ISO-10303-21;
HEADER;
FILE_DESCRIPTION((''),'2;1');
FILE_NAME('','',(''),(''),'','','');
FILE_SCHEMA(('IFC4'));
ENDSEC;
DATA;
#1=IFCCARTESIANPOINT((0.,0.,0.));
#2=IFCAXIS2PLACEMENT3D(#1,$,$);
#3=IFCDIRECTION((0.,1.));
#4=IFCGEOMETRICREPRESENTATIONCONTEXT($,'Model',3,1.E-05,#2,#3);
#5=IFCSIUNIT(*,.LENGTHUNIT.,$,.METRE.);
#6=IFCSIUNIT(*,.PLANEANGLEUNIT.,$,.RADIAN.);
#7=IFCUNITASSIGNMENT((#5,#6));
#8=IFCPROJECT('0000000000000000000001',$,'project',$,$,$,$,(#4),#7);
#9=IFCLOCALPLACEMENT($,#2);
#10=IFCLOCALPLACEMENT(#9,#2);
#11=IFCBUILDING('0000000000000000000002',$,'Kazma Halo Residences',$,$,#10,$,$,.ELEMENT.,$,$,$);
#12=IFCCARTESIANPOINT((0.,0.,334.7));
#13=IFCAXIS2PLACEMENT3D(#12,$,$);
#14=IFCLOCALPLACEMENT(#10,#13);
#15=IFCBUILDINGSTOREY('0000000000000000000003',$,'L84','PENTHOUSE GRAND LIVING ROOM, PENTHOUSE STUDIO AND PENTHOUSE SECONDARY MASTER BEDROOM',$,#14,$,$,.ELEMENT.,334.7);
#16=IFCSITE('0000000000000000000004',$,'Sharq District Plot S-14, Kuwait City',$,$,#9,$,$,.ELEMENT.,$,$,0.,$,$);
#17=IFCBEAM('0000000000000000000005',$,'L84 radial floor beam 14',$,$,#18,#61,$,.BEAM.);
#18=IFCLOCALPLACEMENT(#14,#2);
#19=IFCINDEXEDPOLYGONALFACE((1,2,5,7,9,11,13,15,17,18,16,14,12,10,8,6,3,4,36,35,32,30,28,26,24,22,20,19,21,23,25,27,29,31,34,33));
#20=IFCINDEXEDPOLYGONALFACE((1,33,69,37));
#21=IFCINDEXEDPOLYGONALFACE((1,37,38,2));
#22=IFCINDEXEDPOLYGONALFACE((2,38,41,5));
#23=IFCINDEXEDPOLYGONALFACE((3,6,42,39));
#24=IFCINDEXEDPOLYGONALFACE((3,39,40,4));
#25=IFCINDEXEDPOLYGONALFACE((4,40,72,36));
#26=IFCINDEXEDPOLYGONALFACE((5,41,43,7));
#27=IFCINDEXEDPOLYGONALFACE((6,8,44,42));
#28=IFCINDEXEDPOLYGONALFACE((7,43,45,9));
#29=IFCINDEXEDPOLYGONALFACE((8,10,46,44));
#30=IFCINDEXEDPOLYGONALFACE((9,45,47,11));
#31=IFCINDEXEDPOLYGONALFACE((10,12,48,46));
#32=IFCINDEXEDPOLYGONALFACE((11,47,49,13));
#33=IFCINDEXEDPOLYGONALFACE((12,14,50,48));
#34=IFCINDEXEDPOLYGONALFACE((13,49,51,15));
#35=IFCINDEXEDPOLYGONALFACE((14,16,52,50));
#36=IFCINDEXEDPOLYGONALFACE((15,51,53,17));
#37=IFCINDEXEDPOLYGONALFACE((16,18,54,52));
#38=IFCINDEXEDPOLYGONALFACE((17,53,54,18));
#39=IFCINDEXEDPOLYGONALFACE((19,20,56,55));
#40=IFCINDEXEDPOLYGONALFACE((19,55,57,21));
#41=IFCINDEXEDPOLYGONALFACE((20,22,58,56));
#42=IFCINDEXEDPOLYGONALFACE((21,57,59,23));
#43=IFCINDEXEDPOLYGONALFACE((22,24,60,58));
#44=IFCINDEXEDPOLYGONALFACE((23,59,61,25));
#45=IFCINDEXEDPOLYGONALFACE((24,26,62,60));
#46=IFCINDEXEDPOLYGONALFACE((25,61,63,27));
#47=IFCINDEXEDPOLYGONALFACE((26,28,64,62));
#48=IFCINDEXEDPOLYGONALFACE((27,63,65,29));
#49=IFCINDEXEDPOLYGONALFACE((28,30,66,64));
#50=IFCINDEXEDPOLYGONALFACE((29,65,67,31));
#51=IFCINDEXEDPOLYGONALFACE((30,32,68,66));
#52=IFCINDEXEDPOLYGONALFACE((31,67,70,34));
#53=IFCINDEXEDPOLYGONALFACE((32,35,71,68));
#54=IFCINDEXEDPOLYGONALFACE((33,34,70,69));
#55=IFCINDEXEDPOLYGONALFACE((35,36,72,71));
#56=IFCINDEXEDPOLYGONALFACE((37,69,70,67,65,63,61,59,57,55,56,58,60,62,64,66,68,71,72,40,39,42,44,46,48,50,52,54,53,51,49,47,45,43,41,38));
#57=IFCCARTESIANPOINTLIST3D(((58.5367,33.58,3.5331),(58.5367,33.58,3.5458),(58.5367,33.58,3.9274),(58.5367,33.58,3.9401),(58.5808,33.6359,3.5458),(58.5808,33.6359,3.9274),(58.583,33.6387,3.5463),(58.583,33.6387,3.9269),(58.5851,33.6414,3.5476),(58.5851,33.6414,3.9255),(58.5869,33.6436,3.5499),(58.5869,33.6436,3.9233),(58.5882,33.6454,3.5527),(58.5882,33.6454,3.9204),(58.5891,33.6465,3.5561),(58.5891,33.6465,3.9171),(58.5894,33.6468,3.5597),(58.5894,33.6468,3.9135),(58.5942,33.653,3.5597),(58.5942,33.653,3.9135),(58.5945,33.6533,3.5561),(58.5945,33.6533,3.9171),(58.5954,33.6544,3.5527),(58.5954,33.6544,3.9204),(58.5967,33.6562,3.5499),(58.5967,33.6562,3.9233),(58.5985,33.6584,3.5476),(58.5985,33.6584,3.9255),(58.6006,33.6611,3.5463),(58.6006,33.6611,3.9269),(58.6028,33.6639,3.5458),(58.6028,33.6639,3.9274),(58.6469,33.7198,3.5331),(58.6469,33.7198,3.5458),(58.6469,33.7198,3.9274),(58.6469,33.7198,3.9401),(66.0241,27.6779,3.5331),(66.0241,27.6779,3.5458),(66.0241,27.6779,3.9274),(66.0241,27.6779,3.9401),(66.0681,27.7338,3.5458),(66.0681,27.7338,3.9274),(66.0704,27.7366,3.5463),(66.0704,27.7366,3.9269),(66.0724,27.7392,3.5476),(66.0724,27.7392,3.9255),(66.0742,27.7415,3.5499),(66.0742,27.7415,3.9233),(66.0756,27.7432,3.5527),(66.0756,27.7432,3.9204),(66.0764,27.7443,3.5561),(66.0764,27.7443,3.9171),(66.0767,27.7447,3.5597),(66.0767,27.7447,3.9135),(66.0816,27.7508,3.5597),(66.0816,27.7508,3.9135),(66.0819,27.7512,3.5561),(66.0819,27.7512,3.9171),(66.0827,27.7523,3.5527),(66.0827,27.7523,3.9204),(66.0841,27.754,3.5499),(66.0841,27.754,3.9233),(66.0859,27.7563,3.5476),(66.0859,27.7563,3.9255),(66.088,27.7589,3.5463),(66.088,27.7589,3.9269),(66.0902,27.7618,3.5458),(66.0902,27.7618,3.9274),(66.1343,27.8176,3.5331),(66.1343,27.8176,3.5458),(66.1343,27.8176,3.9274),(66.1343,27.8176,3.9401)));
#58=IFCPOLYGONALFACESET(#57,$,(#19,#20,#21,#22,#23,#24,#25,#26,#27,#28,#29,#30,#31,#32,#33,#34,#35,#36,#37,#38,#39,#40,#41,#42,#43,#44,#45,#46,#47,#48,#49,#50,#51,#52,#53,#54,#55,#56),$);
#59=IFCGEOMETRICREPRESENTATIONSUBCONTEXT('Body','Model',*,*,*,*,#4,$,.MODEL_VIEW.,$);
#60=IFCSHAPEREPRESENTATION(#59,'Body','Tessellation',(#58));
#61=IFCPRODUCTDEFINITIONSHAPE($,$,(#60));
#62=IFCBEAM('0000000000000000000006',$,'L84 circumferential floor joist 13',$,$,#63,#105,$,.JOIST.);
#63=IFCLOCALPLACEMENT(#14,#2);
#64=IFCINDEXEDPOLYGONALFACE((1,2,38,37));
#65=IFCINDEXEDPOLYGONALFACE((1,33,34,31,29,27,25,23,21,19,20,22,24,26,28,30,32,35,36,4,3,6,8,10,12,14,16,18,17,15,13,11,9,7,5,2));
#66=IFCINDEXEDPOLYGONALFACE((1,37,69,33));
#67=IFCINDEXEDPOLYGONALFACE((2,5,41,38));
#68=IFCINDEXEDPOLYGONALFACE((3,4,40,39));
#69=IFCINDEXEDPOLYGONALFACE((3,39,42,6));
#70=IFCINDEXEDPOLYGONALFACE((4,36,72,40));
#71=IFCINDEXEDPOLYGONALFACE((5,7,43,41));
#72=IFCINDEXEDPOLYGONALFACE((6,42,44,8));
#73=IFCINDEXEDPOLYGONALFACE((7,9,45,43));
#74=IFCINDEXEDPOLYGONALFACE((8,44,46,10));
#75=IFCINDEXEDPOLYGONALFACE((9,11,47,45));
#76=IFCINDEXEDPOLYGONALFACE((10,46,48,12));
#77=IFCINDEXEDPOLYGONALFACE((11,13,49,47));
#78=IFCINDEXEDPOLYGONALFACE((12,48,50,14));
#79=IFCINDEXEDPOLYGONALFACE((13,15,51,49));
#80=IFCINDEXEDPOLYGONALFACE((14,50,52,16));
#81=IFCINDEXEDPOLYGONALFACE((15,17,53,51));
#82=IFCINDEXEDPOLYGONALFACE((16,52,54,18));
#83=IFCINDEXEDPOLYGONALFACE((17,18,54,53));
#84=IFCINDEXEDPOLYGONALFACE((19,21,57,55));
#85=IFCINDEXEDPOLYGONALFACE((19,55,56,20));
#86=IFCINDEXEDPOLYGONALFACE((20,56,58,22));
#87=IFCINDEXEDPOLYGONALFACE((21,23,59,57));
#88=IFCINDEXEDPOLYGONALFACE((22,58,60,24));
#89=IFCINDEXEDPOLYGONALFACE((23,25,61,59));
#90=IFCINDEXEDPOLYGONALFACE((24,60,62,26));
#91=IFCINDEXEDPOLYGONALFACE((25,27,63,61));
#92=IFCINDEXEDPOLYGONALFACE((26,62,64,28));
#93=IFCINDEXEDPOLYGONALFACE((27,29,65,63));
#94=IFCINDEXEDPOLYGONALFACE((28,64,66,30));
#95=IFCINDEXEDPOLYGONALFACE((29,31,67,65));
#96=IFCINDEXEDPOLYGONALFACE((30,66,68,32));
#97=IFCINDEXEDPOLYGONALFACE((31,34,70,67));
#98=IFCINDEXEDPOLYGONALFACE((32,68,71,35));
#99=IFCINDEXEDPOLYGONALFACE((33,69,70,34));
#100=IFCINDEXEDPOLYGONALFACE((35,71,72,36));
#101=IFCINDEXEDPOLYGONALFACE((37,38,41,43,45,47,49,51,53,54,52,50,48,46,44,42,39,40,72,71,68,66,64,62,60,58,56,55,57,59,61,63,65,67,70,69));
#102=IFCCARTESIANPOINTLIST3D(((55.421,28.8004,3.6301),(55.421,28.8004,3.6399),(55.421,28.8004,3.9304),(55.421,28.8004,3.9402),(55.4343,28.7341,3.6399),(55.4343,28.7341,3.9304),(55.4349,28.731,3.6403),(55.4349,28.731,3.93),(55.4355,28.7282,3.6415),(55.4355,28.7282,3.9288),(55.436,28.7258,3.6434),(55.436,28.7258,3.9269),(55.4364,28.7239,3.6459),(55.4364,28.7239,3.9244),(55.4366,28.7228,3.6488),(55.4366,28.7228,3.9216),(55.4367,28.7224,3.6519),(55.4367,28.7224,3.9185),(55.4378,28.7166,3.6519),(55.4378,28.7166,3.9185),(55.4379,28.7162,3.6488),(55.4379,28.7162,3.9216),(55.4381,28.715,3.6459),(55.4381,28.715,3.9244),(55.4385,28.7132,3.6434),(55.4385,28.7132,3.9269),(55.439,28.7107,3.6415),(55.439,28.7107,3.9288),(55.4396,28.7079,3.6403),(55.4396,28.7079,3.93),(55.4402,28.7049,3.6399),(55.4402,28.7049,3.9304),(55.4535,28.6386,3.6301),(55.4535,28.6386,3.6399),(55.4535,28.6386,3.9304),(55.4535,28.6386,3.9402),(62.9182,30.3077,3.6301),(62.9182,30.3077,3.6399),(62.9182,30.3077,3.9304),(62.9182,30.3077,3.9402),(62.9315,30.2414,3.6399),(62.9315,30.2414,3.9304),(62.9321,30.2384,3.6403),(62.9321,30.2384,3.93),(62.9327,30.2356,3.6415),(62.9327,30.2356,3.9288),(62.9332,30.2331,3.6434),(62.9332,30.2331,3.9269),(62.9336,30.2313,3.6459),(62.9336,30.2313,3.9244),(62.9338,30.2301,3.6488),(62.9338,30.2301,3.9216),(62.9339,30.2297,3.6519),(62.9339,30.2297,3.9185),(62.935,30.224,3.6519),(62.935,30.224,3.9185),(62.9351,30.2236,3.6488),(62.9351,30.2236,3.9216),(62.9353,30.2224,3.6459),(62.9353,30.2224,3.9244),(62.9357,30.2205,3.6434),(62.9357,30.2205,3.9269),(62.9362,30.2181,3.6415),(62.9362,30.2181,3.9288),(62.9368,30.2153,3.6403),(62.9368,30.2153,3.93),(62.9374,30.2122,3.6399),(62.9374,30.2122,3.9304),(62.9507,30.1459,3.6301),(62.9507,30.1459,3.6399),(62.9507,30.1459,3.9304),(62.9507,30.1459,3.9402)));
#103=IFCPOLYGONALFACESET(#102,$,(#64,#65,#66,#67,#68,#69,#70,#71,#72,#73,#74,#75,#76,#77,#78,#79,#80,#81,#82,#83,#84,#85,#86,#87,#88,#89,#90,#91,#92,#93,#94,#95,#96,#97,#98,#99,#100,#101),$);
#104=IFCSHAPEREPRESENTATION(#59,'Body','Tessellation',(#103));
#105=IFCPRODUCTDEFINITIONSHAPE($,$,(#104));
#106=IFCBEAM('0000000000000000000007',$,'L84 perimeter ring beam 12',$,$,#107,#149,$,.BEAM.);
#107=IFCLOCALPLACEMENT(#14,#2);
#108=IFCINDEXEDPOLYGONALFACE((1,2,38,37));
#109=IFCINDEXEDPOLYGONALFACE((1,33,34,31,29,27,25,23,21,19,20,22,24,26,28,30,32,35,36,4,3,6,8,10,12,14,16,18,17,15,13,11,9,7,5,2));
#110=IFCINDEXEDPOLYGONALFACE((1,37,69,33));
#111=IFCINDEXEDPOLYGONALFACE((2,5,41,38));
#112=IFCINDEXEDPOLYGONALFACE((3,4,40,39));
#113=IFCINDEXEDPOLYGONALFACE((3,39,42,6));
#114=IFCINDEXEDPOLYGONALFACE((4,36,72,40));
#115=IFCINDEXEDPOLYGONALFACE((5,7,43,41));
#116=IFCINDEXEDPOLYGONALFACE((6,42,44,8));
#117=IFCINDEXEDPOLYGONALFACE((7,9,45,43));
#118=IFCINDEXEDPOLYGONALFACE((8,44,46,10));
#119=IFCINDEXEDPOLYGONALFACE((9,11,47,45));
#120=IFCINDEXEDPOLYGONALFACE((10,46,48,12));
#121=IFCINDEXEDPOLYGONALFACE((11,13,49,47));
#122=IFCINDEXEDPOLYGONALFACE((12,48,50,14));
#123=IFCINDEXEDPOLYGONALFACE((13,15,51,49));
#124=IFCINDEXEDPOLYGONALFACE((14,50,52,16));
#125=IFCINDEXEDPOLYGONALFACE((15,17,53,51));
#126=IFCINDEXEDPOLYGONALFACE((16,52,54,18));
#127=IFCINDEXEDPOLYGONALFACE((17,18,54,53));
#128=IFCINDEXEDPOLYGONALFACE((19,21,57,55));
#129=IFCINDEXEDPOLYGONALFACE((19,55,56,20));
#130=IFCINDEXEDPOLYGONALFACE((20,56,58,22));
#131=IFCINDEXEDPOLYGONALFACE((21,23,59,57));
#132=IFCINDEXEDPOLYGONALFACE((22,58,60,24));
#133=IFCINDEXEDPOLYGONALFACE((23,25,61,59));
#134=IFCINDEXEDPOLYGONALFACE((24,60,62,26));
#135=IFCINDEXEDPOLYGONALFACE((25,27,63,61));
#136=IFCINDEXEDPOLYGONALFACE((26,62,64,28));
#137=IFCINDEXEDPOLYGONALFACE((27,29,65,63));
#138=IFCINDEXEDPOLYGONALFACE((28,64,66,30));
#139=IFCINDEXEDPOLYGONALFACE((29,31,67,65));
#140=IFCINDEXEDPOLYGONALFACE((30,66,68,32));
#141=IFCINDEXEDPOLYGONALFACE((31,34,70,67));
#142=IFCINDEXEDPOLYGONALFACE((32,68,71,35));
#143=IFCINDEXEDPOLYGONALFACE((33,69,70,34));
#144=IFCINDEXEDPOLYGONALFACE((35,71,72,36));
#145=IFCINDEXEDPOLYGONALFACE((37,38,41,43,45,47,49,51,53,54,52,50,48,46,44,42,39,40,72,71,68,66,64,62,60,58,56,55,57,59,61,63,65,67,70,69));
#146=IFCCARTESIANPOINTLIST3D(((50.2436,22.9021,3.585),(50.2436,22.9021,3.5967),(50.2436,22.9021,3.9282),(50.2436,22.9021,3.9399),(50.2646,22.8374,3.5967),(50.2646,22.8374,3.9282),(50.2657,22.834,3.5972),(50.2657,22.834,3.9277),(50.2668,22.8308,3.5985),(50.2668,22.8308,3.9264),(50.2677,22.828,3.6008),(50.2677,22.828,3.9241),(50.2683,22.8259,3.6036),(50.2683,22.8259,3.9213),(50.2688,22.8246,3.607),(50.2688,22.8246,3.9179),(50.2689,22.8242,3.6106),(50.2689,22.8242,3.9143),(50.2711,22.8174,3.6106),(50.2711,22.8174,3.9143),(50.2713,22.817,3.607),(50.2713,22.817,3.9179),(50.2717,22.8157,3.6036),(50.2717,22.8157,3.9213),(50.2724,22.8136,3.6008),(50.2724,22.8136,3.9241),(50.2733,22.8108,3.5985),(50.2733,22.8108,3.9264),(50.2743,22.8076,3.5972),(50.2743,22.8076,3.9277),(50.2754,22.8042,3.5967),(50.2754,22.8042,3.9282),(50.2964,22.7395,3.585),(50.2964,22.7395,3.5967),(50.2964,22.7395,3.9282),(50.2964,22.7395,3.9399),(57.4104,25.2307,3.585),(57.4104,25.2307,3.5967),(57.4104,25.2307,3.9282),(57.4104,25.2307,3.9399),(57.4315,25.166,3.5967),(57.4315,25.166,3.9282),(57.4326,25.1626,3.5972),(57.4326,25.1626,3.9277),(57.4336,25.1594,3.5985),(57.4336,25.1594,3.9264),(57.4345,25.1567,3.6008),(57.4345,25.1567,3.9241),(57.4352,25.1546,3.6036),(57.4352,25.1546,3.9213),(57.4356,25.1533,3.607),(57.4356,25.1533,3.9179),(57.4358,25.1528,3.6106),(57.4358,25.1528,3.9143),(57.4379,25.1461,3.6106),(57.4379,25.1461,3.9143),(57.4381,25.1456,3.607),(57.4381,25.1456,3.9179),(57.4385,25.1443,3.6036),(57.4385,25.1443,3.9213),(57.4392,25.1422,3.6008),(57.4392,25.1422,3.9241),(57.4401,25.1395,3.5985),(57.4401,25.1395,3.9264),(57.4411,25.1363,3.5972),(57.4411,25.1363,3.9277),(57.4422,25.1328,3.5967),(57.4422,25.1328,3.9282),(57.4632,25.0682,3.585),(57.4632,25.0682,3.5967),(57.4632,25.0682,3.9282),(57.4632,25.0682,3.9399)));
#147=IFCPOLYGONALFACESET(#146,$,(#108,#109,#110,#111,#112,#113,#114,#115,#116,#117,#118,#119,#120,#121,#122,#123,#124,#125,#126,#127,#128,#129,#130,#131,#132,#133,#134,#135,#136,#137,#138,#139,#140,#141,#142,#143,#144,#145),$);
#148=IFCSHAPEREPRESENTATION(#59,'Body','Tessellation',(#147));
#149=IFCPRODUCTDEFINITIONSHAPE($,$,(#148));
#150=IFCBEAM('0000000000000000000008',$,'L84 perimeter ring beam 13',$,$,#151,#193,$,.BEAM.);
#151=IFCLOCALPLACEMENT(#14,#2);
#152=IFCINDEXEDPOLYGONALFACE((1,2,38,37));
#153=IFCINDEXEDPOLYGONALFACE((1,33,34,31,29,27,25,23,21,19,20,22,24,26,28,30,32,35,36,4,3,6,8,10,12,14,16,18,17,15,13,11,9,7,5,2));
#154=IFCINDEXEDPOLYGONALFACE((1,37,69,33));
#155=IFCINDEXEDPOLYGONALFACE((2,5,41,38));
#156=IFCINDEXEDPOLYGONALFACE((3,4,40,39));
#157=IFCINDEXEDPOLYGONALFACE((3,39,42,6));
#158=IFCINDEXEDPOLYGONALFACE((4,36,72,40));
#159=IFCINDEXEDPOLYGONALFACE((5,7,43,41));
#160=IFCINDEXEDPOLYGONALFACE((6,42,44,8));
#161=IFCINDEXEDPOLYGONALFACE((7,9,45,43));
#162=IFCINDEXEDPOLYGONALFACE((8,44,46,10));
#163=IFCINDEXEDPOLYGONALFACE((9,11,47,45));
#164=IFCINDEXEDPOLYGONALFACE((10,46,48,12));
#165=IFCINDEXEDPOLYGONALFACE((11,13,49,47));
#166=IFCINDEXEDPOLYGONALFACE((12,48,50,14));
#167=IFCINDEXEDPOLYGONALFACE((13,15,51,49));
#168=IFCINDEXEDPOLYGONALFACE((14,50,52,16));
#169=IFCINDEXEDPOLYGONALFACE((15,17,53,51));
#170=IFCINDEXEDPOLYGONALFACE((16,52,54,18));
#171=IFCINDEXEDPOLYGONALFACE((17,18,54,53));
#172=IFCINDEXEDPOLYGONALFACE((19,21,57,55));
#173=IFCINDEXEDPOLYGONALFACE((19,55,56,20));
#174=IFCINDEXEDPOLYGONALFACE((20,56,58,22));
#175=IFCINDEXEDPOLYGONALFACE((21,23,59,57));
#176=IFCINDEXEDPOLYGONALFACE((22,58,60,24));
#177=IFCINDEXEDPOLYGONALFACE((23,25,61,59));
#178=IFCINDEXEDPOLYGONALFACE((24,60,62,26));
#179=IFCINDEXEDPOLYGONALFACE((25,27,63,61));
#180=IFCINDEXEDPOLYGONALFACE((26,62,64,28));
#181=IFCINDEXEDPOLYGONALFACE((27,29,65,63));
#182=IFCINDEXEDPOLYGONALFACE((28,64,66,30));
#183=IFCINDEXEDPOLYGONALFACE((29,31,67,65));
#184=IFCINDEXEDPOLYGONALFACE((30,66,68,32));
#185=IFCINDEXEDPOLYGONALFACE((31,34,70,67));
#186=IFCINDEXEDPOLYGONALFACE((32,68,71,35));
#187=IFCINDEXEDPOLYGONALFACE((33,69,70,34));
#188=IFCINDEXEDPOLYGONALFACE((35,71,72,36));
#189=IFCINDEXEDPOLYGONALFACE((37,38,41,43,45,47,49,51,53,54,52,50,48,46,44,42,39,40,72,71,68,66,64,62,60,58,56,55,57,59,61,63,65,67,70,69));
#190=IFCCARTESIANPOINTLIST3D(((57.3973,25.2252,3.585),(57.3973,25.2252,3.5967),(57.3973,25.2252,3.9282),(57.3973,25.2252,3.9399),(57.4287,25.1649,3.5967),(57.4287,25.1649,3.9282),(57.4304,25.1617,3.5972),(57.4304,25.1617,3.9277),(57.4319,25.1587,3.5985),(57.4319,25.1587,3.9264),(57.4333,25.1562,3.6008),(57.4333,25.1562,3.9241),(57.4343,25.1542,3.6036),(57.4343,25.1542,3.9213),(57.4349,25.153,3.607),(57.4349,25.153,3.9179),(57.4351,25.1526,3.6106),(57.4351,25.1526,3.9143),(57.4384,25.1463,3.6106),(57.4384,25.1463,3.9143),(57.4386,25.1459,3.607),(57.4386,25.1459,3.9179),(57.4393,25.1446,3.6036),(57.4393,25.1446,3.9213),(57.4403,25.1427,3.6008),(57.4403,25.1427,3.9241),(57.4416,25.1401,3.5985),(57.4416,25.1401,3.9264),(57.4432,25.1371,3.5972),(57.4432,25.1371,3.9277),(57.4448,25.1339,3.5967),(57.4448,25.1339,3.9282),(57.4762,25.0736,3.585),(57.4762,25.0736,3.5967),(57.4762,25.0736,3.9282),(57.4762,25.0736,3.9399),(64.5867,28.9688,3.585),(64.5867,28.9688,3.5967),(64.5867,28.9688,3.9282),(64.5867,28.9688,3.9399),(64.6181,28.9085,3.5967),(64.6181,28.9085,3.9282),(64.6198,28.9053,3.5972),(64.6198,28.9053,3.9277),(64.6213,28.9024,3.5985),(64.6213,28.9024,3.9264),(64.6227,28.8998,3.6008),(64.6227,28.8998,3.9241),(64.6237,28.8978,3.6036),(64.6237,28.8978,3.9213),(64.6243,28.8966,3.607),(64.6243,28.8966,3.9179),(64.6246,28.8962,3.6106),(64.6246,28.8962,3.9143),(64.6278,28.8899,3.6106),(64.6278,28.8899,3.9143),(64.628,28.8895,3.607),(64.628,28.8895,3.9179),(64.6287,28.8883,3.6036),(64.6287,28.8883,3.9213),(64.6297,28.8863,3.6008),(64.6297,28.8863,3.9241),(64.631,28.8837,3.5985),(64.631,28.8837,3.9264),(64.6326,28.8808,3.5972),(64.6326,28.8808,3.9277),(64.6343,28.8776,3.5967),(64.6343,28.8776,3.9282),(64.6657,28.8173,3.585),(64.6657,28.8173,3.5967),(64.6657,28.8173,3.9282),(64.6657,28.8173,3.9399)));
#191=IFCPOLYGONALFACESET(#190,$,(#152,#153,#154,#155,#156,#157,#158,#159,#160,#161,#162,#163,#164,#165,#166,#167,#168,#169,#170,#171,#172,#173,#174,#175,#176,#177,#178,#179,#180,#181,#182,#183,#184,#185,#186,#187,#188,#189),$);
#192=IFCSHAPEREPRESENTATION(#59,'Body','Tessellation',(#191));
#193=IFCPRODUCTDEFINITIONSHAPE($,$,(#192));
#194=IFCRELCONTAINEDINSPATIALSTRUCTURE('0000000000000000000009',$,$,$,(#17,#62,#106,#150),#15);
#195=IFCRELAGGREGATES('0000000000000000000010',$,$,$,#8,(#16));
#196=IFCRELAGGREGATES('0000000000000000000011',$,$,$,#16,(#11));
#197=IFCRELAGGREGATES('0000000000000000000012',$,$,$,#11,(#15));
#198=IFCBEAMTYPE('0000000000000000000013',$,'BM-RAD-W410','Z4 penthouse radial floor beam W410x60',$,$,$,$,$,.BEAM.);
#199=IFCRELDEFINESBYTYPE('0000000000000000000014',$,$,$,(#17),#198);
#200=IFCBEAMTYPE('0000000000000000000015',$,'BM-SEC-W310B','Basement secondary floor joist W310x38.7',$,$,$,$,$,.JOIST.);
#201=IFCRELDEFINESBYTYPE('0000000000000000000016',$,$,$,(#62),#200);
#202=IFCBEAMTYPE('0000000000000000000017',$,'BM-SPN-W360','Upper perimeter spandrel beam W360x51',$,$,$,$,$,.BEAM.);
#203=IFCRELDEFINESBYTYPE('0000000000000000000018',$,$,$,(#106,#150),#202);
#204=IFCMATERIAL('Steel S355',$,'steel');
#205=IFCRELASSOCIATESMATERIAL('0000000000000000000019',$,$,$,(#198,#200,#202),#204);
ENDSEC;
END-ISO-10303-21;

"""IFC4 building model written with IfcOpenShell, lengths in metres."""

from ifc_helpers import new_model, si_unit, direction, frame, origin, origin_2d, place, context, subcontext, project, spatial, i_section, extrude, material, material_profile, profile_set, type_object, element, save


model = new_model("IFC4")

# Units and contexts
model_context = context("Model", 3, precision=1e-05, world=origin(), true_north=direction((0.0, 1.0)))
body_context = subcontext(model_context, "Body", "Model", "MODEL_VIEW")
ifc_project = project(units=[si_unit("LENGTHUNIT", "METRE"), si_unit("PLANEANGLEUNIT", "RADIAN")], contexts=[model_context])

# Site, building, storey
site_placement = place(None, origin())
site = spatial("IfcSite", under=ifc_project, at=site_placement, Name="Sharq District Plot S-14, Kuwait City", CompositionType="ELEMENT", RefElevation=0.0)
building_placement = place(site_placement, origin())
building = spatial("IfcBuilding", under=site, at=building_placement, Name="Kazma Halo Residences", CompositionType="ELEMENT")
storey_placement = place(building_placement, frame((0.0, 0.0, 334.7)))
storey = spatial("IfcBuildingStorey", under=building, at=storey_placement, Name="L84", Description="PENTHOUSE GRAND LIVING ROOM, PENTHOUSE STUDIO AND PENTHOUSE SECONDARY MASTER BEDROOM", CompositionType="ELEMENT", Elevation=334.7)

# Beams
ifc_material_1 = material(Name="Steel S355", Category="steel")
ifc_material_profile_1 = material_profile(ifc_material_1, i_section(OverallWidth=0.178, OverallDepth=0.407, WebThickness=0.0078, FlangeThickness=0.0127, FilletRadius=0.0139, at=origin_2d()), Name="W410x60")
ifc_profile_set_1 = profile_set([ifc_material_profile_1], Name="Steel S355")
beam_type_1 = type_object("IfcBeamType", Name="BM-RAD-W410", Description="Z4 penthouse radial floor beam W410x60", PredefinedType="BEAM", material=ifc_profile_set_1)
beam_1_placement = place(storey_placement, frame((58.5918, 33.6499, 3.7366), z_axis=(0.785338, -0.619067, 0.0), x_axis=(0.619067, 0.785338, 0.0)))
element("IfcBeam", 1, at=beam_1_placement, inside=storey, type_object=beam_type_1, Name="L84 radial floor beam 14", PredefinedType="BEAM", context=body_context, shape_type="SweptSolid", body=[
    extrude(i_section(OverallWidth=0.178, OverallDepth=0.407, WebThickness=0.0078, FlangeThickness=0.0127, FilletRadius=0.0139, at=origin_2d()), origin(), (0.0, 0.0, 1.0), 9.5339),
])
ifc_material_profile_2 = material_profile(ifc_material_1, i_section(OverallWidth=0.165, OverallDepth=0.3101, WebThickness=0.0059, FlangeThickness=0.0098, FilletRadius=0.012, at=origin_2d()), Name="W310x38.7")
ifc_profile_set_2 = profile_set([ifc_material_profile_2], Name="Steel S355")
beam_type_2 = type_object("IfcBeamType", Name="BM-SEC-W310B", Description="Basement secondary floor joist W310x38.7", PredefinedType="JOIST", material=ifc_profile_set_2)
beam_2_placement = place(storey_placement, frame((55.4373, 28.7195, 3.7852), z_axis=(0.980381, 0.197111, 0.0), x_axis=(-0.197111, 0.980381, 0.0)))
element("IfcBeam", 2, at=beam_2_placement, inside=storey, type_object=beam_type_2, Name="L84 circumferential floor joist 13", PredefinedType="JOIST", context=body_context, shape_type="SweptSolid", body=[
    extrude(i_section(OverallWidth=0.165, OverallDepth=0.3101, WebThickness=0.0059, FlangeThickness=0.0098, FilletRadius=0.012, at=origin_2d()), origin(), (0.0, 0.0, 1.0), 7.6472),
])
ifc_material_profile_3 = material_profile(ifc_material_1, i_section(OverallWidth=0.1709, OverallDepth=0.355, WebThickness=0.0071, FlangeThickness=0.0117, FilletRadius=0.0139, at=origin_2d()), Name="W360x51")
ifc_profile_set_3 = profile_set([ifc_material_profile_3], Name="Steel S355")
beam_type_3 = type_object("IfcBeamType", Name="BM-SPN-W360", Description="Upper perimeter spandrel beam W360x51", PredefinedType="BEAM", material=ifc_profile_set_3)
beam_3_placement = place(storey_placement, frame((50.27, 22.8208, 3.7625), z_axis=(0.951057, 0.309016, 0.0), x_axis=(-0.309016, 0.951057, 0.0)))
element("IfcBeam", 3, at=beam_3_placement, inside=storey, type_object=beam_type_3, Name="L84 perimeter ring beam 12", PredefinedType="BEAM", context=body_context, shape_type="SweptSolid", body=[
    extrude(i_section(OverallWidth=0.1709, OverallDepth=0.355, WebThickness=0.0071, FlangeThickness=0.0117, FilletRadius=0.0139, at=origin_2d()), origin(), (0.0, 0.0, 1.0), 7.5356),
])
beam_4_placement = place(storey_placement, frame((57.4368, 25.1494, 3.7625), z_axis=(0.886957, 0.461851, 0.0), x_axis=(-0.461851, 0.886957, 0.0)))
element("IfcBeam", 4, at=beam_4_placement, inside=storey, type_object=beam_type_3, Name="L84 perimeter ring beam 13", PredefinedType="BEAM", context=body_context, shape_type="SweptSolid", body=[
    extrude(i_section(OverallWidth=0.1709, OverallDepth=0.355, WebThickness=0.0071, FlangeThickness=0.0117, FilletRadius=0.0139, at=origin_2d()), origin(), (0.0, 0.0, 1.0), 8.1057),
])

save(model, "model.ifc")
